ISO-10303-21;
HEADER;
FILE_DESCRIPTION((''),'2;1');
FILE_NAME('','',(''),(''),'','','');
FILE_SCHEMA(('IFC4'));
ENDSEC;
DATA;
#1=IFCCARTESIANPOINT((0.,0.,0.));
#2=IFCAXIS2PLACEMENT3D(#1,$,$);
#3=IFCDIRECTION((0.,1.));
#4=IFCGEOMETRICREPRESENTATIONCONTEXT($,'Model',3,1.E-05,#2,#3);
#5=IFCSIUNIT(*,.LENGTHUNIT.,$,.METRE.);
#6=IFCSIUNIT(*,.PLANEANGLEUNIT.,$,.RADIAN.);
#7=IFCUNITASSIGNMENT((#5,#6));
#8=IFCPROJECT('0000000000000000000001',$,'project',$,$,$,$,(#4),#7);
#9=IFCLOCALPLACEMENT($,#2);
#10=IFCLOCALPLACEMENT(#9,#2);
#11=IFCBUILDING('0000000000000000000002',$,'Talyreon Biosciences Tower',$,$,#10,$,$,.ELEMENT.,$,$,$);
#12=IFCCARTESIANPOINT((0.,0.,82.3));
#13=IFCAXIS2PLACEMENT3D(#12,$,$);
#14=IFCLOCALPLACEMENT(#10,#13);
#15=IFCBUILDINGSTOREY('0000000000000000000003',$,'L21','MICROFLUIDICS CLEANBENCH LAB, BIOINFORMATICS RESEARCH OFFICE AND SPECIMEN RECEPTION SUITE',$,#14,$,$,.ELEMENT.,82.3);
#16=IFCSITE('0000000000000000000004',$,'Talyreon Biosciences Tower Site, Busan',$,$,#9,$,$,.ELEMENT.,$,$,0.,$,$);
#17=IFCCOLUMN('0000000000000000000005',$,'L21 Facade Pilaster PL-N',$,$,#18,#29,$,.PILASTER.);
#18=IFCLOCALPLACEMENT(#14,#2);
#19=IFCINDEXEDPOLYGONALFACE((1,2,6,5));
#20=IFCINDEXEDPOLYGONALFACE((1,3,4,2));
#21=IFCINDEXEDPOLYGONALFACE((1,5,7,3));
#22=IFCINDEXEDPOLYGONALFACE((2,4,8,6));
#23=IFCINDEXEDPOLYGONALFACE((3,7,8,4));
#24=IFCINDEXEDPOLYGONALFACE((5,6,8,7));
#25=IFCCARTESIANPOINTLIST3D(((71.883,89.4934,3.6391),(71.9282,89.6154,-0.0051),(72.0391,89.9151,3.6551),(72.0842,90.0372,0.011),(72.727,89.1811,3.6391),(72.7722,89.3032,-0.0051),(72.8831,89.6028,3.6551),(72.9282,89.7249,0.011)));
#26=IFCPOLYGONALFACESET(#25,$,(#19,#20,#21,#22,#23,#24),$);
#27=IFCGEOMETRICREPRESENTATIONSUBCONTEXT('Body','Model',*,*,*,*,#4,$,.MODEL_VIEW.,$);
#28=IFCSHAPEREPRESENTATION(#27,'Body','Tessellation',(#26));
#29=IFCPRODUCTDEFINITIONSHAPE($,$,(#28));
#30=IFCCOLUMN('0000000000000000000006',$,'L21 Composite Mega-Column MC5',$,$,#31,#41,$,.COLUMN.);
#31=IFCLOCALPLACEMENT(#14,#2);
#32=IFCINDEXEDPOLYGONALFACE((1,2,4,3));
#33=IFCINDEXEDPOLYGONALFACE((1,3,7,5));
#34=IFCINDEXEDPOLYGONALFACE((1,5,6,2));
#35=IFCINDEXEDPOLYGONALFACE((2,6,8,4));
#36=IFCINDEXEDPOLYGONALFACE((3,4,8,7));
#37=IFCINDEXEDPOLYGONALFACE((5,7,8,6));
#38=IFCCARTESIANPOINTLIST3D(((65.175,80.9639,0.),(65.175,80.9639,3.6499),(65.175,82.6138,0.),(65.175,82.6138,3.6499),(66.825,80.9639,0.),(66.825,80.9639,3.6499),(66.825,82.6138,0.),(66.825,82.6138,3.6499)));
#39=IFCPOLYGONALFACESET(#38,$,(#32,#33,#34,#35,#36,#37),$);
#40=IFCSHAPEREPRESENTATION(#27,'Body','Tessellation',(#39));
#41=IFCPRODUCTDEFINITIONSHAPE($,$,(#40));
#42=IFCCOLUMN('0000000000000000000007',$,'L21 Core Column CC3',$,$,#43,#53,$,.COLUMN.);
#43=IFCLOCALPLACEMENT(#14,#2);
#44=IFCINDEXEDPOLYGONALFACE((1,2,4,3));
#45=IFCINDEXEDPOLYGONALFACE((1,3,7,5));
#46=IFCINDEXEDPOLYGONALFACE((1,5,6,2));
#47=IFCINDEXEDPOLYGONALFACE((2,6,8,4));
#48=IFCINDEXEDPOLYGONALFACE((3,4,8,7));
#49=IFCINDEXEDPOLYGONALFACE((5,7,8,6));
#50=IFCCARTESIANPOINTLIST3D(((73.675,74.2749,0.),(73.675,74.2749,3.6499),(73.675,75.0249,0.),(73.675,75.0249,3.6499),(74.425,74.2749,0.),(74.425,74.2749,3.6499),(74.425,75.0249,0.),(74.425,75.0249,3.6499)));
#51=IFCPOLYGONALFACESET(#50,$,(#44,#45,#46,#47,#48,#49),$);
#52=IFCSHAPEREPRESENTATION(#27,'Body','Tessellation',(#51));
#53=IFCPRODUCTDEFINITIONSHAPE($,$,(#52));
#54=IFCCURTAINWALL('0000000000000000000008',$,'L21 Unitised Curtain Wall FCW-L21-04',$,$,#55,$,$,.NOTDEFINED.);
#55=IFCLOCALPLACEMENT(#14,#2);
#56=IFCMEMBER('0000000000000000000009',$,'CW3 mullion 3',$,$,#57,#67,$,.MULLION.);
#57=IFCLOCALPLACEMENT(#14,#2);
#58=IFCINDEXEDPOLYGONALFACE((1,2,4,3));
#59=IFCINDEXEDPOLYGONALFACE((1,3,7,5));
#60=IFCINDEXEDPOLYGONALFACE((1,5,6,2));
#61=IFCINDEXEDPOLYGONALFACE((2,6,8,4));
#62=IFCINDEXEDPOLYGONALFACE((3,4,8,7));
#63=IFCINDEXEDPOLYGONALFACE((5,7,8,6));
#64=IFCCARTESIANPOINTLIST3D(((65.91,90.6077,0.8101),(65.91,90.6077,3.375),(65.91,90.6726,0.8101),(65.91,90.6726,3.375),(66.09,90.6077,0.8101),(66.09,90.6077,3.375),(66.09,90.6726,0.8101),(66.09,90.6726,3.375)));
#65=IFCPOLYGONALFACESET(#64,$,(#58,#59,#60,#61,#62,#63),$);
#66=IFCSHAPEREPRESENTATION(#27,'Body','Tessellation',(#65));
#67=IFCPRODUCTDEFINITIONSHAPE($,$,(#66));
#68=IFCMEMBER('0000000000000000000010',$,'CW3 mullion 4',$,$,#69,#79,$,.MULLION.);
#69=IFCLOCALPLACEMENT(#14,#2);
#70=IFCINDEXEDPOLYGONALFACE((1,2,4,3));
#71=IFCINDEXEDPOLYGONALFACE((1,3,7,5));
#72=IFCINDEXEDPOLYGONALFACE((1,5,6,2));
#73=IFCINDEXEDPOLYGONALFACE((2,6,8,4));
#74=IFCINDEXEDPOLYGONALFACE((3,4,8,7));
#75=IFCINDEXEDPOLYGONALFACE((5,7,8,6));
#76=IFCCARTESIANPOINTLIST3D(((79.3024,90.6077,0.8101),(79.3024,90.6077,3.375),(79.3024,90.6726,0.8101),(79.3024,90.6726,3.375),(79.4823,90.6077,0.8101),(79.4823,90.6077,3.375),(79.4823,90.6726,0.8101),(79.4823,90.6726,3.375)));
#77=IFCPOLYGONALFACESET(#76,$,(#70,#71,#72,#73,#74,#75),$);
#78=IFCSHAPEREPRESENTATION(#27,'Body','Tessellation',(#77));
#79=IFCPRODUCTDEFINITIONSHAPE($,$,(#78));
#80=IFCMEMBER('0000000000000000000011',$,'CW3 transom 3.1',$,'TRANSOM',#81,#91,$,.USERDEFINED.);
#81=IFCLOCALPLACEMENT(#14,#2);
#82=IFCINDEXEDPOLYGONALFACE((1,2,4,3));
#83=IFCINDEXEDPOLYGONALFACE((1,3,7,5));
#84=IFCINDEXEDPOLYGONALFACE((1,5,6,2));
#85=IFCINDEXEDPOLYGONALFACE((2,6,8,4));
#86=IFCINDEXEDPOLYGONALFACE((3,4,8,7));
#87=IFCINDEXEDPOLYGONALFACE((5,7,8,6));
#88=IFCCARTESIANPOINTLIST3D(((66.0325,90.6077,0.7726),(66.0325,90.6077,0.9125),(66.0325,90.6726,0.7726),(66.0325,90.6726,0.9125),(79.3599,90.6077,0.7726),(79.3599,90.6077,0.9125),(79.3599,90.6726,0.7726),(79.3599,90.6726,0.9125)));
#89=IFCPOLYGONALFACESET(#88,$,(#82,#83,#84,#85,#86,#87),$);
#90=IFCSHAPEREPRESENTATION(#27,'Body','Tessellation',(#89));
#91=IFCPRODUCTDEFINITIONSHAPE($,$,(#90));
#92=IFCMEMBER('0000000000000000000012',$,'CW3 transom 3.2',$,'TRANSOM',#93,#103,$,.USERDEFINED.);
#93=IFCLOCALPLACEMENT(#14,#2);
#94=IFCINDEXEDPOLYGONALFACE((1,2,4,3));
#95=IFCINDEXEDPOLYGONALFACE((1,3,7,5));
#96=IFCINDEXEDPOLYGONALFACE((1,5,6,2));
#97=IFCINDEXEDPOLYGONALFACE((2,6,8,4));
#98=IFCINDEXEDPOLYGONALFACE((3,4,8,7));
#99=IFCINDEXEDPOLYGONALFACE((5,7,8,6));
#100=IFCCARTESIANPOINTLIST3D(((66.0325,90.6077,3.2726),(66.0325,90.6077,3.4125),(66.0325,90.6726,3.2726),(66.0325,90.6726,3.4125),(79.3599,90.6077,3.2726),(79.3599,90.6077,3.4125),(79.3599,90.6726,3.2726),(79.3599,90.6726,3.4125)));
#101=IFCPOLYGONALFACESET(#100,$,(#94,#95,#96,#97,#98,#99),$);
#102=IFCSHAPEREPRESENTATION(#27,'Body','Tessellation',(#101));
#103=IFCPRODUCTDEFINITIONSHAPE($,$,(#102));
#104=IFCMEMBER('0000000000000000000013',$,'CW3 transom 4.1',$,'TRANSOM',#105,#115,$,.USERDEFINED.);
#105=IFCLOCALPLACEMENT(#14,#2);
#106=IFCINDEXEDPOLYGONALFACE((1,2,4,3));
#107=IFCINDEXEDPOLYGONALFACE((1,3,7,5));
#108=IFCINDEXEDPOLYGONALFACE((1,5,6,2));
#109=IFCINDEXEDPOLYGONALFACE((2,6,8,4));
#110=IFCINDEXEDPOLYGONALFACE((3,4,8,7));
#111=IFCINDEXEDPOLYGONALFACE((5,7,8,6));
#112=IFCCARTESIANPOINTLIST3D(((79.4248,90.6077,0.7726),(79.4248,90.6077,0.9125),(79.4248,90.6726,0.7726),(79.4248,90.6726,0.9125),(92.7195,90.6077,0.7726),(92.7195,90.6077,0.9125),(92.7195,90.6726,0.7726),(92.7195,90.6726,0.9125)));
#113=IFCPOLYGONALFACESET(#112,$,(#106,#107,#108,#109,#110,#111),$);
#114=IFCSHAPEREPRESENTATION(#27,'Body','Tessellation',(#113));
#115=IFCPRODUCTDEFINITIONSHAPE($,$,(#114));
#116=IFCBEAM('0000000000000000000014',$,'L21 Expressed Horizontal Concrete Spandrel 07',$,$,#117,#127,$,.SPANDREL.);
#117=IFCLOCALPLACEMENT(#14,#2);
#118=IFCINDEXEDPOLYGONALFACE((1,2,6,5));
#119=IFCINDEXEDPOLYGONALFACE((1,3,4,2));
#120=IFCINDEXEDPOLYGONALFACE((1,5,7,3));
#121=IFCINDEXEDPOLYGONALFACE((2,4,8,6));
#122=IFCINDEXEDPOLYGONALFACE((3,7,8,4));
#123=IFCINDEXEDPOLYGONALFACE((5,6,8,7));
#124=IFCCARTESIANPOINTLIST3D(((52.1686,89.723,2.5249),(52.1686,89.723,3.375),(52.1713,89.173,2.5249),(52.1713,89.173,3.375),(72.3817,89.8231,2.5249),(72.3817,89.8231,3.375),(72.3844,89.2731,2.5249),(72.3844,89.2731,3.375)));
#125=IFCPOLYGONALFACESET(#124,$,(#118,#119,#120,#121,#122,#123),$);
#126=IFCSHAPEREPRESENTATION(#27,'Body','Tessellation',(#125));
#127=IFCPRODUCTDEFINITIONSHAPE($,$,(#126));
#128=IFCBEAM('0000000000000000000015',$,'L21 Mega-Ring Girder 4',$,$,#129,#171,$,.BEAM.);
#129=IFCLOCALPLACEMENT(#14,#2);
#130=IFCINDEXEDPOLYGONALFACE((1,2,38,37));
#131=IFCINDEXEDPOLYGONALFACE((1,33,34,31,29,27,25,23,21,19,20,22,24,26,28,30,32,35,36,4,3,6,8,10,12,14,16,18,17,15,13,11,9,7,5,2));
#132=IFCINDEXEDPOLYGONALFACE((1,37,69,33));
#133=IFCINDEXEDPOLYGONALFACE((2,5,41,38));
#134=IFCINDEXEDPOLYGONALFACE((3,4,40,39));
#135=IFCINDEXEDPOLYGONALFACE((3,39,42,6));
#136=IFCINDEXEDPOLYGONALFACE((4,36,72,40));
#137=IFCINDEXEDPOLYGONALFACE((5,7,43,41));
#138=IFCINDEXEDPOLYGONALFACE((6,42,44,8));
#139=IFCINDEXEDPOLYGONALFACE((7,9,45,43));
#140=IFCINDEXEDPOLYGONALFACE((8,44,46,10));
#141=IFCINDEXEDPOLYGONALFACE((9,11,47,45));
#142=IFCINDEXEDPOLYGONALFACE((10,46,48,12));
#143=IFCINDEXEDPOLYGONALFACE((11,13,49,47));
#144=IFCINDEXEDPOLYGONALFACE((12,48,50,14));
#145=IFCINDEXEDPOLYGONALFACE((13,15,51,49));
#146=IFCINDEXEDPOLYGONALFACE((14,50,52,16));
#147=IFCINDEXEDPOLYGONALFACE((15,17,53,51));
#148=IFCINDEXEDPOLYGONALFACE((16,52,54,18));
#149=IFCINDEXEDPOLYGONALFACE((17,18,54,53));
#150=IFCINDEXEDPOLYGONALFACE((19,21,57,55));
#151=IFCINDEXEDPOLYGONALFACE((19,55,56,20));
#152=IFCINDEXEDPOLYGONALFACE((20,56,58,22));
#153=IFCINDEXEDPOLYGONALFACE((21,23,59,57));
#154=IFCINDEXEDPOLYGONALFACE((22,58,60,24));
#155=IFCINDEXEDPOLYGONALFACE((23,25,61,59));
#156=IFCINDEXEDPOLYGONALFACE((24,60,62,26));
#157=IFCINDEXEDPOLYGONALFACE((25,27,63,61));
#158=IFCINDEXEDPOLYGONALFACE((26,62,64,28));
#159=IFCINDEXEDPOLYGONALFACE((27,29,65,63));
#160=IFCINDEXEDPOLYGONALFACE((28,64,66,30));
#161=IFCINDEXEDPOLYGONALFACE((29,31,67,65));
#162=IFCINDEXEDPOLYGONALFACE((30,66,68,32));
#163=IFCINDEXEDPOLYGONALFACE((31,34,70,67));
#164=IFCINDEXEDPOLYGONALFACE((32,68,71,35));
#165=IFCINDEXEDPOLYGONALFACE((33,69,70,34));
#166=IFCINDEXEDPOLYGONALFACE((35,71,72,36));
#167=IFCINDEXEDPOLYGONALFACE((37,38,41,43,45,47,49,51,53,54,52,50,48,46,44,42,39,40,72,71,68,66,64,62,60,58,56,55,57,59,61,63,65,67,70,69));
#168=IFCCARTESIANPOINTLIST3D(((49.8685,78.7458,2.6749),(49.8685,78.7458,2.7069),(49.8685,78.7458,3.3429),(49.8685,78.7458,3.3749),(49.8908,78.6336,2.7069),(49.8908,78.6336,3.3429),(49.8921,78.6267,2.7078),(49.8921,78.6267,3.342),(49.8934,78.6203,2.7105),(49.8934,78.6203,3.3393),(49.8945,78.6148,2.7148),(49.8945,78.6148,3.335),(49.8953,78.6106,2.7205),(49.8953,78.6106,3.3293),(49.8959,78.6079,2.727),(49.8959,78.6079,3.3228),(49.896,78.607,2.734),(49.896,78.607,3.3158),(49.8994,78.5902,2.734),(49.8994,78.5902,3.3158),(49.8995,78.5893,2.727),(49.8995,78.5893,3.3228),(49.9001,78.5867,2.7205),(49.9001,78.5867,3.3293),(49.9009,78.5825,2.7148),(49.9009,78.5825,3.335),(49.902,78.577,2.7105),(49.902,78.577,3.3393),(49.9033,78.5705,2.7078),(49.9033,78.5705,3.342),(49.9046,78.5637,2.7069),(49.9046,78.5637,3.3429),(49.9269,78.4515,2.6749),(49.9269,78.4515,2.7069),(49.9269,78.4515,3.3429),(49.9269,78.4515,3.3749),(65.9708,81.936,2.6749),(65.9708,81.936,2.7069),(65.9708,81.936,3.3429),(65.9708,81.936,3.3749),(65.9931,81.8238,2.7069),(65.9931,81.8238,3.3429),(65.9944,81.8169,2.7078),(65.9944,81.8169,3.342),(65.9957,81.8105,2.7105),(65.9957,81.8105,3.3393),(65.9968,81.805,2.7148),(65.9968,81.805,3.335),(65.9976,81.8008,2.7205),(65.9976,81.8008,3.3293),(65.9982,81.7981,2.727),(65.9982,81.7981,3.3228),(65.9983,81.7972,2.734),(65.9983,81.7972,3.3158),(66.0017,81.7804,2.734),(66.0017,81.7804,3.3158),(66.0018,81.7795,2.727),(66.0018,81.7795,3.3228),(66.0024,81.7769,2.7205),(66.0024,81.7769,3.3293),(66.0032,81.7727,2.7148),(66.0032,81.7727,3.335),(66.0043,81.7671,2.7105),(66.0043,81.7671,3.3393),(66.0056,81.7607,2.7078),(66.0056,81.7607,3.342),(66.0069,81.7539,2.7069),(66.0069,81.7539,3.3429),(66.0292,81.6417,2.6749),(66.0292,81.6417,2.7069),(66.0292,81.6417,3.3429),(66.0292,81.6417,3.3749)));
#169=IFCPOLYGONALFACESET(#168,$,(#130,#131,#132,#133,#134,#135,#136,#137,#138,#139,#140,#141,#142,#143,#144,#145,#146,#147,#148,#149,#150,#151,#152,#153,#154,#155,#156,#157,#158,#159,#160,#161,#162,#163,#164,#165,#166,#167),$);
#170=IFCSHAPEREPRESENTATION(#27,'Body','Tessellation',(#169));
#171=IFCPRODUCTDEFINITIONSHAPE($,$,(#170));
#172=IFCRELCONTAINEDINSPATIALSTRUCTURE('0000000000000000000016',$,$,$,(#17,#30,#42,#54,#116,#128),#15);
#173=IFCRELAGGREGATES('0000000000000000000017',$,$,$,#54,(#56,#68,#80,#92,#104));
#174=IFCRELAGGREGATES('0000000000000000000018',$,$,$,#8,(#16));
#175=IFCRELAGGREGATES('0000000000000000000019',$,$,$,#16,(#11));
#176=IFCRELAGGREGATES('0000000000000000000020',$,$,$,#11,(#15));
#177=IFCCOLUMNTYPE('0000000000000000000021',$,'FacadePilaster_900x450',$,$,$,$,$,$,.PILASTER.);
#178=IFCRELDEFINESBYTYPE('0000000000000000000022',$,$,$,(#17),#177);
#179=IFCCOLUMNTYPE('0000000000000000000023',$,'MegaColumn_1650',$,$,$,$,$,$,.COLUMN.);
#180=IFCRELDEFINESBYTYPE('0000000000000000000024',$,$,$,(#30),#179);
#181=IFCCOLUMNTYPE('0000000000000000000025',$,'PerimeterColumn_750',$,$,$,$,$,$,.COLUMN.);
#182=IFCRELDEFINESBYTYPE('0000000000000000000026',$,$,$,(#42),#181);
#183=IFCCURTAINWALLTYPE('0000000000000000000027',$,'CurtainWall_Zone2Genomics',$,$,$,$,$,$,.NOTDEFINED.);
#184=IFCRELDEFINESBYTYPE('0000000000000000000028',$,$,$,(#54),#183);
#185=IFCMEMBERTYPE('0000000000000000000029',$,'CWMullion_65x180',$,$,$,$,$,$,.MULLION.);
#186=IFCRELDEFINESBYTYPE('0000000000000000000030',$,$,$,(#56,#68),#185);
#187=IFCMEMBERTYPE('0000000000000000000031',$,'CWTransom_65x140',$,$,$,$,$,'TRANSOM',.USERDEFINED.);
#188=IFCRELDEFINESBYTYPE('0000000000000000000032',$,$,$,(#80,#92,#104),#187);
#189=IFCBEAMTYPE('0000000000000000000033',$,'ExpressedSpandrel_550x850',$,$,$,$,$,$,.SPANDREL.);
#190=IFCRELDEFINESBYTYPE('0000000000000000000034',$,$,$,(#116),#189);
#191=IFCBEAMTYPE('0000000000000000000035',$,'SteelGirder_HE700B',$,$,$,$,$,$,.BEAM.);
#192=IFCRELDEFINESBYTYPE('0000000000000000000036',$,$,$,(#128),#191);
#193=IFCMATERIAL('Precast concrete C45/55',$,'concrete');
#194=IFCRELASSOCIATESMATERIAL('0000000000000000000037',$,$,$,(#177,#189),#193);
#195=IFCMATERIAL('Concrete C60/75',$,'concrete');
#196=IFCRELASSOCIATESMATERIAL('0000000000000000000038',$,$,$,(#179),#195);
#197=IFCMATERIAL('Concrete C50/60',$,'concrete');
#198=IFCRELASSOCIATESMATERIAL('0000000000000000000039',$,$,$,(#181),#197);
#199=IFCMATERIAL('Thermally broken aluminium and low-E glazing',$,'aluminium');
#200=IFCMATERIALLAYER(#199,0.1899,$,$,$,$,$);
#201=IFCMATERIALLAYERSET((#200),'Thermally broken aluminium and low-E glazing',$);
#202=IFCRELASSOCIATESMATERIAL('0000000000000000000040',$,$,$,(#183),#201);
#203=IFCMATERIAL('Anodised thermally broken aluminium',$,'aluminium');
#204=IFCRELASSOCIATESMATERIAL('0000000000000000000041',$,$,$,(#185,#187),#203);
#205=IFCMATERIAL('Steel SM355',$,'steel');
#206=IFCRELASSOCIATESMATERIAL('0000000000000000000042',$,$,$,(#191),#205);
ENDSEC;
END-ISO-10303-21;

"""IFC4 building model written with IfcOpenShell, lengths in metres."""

from ifc_helpers import new_model, si_unit, direction, frame, origin, origin_2d, place, context, subcontext, project, spatial, rectangle, i_section, extrude, material, layer, layer_set, material_profile, profile_set, type_object, element, aggregate, save


model = new_model("IFC4")

# Units and contexts
model_context = context("Model", 3, precision=1e-05, world=origin(), true_north=direction((0.0, 1.0)))
body_context = subcontext(model_context, "Body", "Model", "MODEL_VIEW")
ifc_project = project(units=[si_unit("LENGTHUNIT", "METRE"), si_unit("PLANEANGLEUNIT", "RADIAN")], contexts=[model_context])

# Site, building, storey
site_placement = place(None, origin())
site = spatial("IfcSite", under=ifc_project, at=site_placement, Name="Talyreon Biosciences Tower Site, Busan", CompositionType="ELEMENT", RefElevation=0.0)
building_placement = place(site_placement, origin())
building = spatial("IfcBuilding", under=site, at=building_placement, Name="Talyreon Biosciences Tower", CompositionType="ELEMENT")
storey_placement = place(building_placement, frame((0.0, 0.0, 82.3)))
storey = spatial("IfcBuildingStorey", under=building, at=storey_placement, Name="L21", Description="MICROFLUIDICS CLEANBENCH LAB, BIOINFORMATICS RESEARCH OFFICE AND SPECIMEN RECEPTION SUITE", CompositionType="ELEMENT", Elevation=82.3)

# Columns
ifc_material_1 = material(Name="Precast concrete C45/55", Category="concrete")
ifc_material_profile_1 = material_profile(ifc_material_1, rectangle(XDim=0.8999, YDim=0.45, at=origin_2d()), Name="RC 900x450")
ifc_profile_set_1 = profile_set([ifc_material_profile_1], Name="Precast concrete C45/55")
column_type_1 = type_object("IfcColumnType", Name="FacadePilaster_900x450", PredefinedType="PILASTER", material=ifc_profile_set_1)
column_1_placement = place(storey_placement, frame((72.4282, 89.6702, 0.0029), z_axis=(-0.012387, -0.033477, 0.999363), x_axis=(-0.937862, 0.347009, 0.0)))
element("IfcColumn", 1, at=column_1_placement, inside=storey, type_object=column_type_1, Name="L21 Facade Pilaster PL-N", PredefinedType="PILASTER", context=body_context, shape_type="SweptSolid", body=[
    extrude(rectangle(XDim=0.8999, YDim=0.45, at=origin_2d()), origin(), (0.0, 0.0, 1.0), 3.6465),
])
ifc_material_2 = material(Name="Concrete C60/75", Category="concrete")
ifc_material_profile_2 = material_profile(ifc_material_2, rectangle(XDim=1.6499, YDim=1.6499, at=origin_2d()), Name="RC 1650x1650")
ifc_profile_set_2 = profile_set([ifc_material_profile_2], Name="Concrete C60/75")
column_type_2 = type_object("IfcColumnType", Name="MegaColumn_1650", PredefinedType="COLUMN", material=ifc_profile_set_2)
column_2_placement = place(storey_placement, frame((66.0, 81.7888, 0.0), z_axis=(0.0, 0.0, 1.0), x_axis=(1.0, 0.0, 0.0)))
element("IfcColumn", 2, at=column_2_placement, inside=storey, type_object=column_type_2, Name="L21 Composite Mega-Column MC5", PredefinedType="COLUMN", context=body_context, shape_type="SweptSolid", body=[
    extrude(rectangle(XDim=1.6499, YDim=1.6499, at=origin_2d()), origin(), (0.0, 0.0, 1.0), 3.6499),
])
ifc_material_3 = material(Name="Concrete C50/60", Category="concrete")
ifc_material_profile_3 = material_profile(ifc_material_3, rectangle(XDim=0.75, YDim=0.75, at=origin_2d()), Name="RC 750x750")
ifc_profile_set_3 = profile_set([ifc_material_profile_3], Name="Concrete C50/60")
column_type_3 = type_object("IfcColumnType", Name="PerimeterColumn_750", PredefinedType="COLUMN", material=ifc_profile_set_3)
column_3_placement = place(storey_placement, frame((74.05, 74.6499, 0.0), z_axis=(0.0, 0.0, 1.0), x_axis=(1.0, 0.0, 0.0)))
element("IfcColumn", 3, at=column_3_placement, inside=storey, type_object=column_type_3, Name="L21 Core Column CC3", PredefinedType="COLUMN", context=body_context, shape_type="SweptSolid", body=[
    extrude(rectangle(XDim=0.75, YDim=0.75, at=origin_2d()), origin(), (0.0, 0.0, 1.0), 3.6499),
])

# Curtain wall, members
ifc_material_4 = material(Name="Thermally broken aluminium and low-E glazing", Category="aluminium")
ifc_layer_1 = layer(ifc_material_4, 0.1899)
ifc_layer_set_1 = layer_set([ifc_layer_1], Name="Thermally broken aluminium and low-E glazing")
curtain_wall_type = type_object("IfcCurtainWallType", Name="CurtainWall_Zone2Genomics", PredefinedType="NOTDEFINED", material=ifc_layer_set_1)
curtain_wall_placement = place(storey_placement, origin())
curtain_wall = element("IfcCurtainWall", 4, at=curtain_wall_placement, inside=storey, type_object=curtain_wall_type, Name="L21 Unitised Curtain Wall FCW-L21-04", PredefinedType="NOTDEFINED")
ifc_material_5 = material(Name="Anodised thermally broken aluminium", Category="aluminium")
ifc_material_profile_4 = material_profile(ifc_material_5, rectangle(XDim=0.0649, YDim=0.1799, at=origin_2d()), Name="ALUM MULLION 65x180")
ifc_profile_set_4 = profile_set([ifc_material_profile_4], Name="Anodised thermally broken aluminium")
member_type_1 = type_object("IfcMemberType", Name="CWMullion_65x180", PredefinedType="MULLION", material=ifc_profile_set_4)
member_1_placement = place(storey_placement, frame((66.0, 90.6401, 0.8101), z_axis=(0.0, 0.0, 1.0), x_axis=(0.0, 1.0, 0.0)))
member_1 = element("IfcMember", 5, at=member_1_placement, type_object=member_type_1, Name="CW3 mullion 3", PredefinedType="MULLION", context=body_context, shape_type="SweptSolid", body=[
    extrude(rectangle(XDim=0.0649, YDim=0.1799, at=origin_2d()), origin(), (0.0, 0.0, 1.0), 2.5649),
])
member_2_placement = place(storey_placement, frame((79.3923, 90.6401, 0.8101), z_axis=(0.0, 0.0, 1.0), x_axis=(0.0, 1.0, 0.0)))
member_2 = element("IfcMember", 6, at=member_2_placement, type_object=member_type_1, Name="CW3 mullion 4", PredefinedType="MULLION", context=body_context, shape_type="SweptSolid", body=[
    extrude(rectangle(XDim=0.0649, YDim=0.1799, at=origin_2d()), origin(), (0.0, 0.0, 1.0), 2.5649),
])
ifc_material_profile_5 = material_profile(ifc_material_5, rectangle(XDim=0.0649, YDim=0.1399, at=origin_2d()), Name="ALUM TRANSOM 65x140")
ifc_profile_set_5 = profile_set([ifc_material_profile_5], Name="Anodised thermally broken aluminium")
member_type_2 = type_object("IfcMemberType", Name="CWTransom_65x140", ElementType="TRANSOM", PredefinedType="USERDEFINED", material=ifc_profile_set_5)
member_3_placement = place(storey_placement, frame((66.0325, 90.6401, 0.8425), z_axis=(1.0, 0.0, 0.0), x_axis=(0.0, 1.0, 0.0)))
member_3 = element("IfcMember", 7, at=member_3_placement, type_object=member_type_2, Name="CW3 transom 3.1", ObjectType="TRANSOM", PredefinedType="USERDEFINED", context=body_context, shape_type="SweptSolid", body=[
    extrude(rectangle(XDim=0.0649, YDim=0.1399, at=origin_2d()), origin(), (0.0, 0.0, 1.0), 13.3274),
])
member_4_placement = place(storey_placement, frame((66.0325, 90.6401, 3.3425), z_axis=(1.0, 0.0, 0.0), x_axis=(0.0, 1.0, 0.0)))
member_4 = element("IfcMember", 8, at=member_4_placement, type_object=member_type_2, Name="CW3 transom 3.2", ObjectType="TRANSOM", PredefinedType="USERDEFINED", context=body_context, shape_type="SweptSolid", body=[
    extrude(rectangle(XDim=0.0649, YDim=0.1399, at=origin_2d()), origin(), (0.0, 0.0, 1.0), 13.3274),
])
member_5_placement = place(storey_placement, frame((79.4248, 90.6401, 0.8425), z_axis=(1.0, 0.0, 0.0), x_axis=(0.0, 1.0, 0.0)))
member_5 = element("IfcMember", 9, at=member_5_placement, type_object=member_type_2, Name="CW3 transom 4.1", ObjectType="TRANSOM", PredefinedType="USERDEFINED", context=body_context, shape_type="SweptSolid", body=[
    extrude(rectangle(XDim=0.0649, YDim=0.1399, at=origin_2d()), origin(), (0.0, 0.0, 1.0), 13.2947),
])

# Beams
ifc_material_profile_6 = material_profile(ifc_material_1, rectangle(XDim=0.55, YDim=0.8501, at=origin_2d()), Name="RCB 550x850")
ifc_profile_set_6 = profile_set([ifc_material_profile_6], Name="Precast concrete C45/55")
beam_type_1 = type_object("IfcBeamType", Name="ExpressedSpandrel_550x850", PredefinedType="SPANDREL", material=ifc_profile_set_6)
beam_1_placement = place(storey_placement, frame((72.3831, 89.5481, 2.95), z_axis=(-0.999988, -0.004952, 0.0), x_axis=(0.004952, -0.999988, 0.0)))
element("IfcBeam", 10, at=beam_1_placement, inside=storey, type_object=beam_type_1, Name="L21 Expressed Horizontal Concrete Spandrel 07", PredefinedType="SPANDREL", context=body_context, shape_type="SweptSolid", body=[
    extrude(rectangle(XDim=0.55, YDim=0.8501, at=origin_2d()), origin(), (0.0, 0.0, 1.0), 20.2134),
])
ifc_material_6 = material(Name="Steel SM355", Category="steel")
ifc_material_profile_7 = material_profile(ifc_material_6, i_section(OverallWidth=0.3, OverallDepth=0.7, WebThickness=0.0171, FlangeThickness=0.032, FilletRadius=0.0271, at=origin_2d()), Name="HE700B")
ifc_profile_set_7 = profile_set([ifc_material_profile_7], Name="Steel SM355")
beam_type_2 = type_object("IfcBeamType", Name="SteelGirder_HE700B", PredefinedType="BEAM", material=ifc_profile_set_7)
beam_2_placement = place(storey_placement, frame((66.0, 81.7888, 3.0249), z_axis=(-0.980934, -0.194343, 0.0), x_axis=(0.194343, -0.980934, 0.0)))
element("IfcBeam", 11, at=beam_2_placement, inside=storey, type_object=beam_type_2, Name="L21 Mega-Ring Girder 4", PredefinedType="BEAM", context=body_context, shape_type="SweptSolid", body=[
    extrude(i_section(OverallWidth=0.3, OverallDepth=0.7, WebThickness=0.0171, FlangeThickness=0.032, FilletRadius=0.0271, at=origin_2d()), origin(), (0.0, 0.0, 1.0), 16.4153),
])

aggregate(curtain_wall, [member_1, member_2, member_3, member_4, member_5])

save(model, "model.ifc")
